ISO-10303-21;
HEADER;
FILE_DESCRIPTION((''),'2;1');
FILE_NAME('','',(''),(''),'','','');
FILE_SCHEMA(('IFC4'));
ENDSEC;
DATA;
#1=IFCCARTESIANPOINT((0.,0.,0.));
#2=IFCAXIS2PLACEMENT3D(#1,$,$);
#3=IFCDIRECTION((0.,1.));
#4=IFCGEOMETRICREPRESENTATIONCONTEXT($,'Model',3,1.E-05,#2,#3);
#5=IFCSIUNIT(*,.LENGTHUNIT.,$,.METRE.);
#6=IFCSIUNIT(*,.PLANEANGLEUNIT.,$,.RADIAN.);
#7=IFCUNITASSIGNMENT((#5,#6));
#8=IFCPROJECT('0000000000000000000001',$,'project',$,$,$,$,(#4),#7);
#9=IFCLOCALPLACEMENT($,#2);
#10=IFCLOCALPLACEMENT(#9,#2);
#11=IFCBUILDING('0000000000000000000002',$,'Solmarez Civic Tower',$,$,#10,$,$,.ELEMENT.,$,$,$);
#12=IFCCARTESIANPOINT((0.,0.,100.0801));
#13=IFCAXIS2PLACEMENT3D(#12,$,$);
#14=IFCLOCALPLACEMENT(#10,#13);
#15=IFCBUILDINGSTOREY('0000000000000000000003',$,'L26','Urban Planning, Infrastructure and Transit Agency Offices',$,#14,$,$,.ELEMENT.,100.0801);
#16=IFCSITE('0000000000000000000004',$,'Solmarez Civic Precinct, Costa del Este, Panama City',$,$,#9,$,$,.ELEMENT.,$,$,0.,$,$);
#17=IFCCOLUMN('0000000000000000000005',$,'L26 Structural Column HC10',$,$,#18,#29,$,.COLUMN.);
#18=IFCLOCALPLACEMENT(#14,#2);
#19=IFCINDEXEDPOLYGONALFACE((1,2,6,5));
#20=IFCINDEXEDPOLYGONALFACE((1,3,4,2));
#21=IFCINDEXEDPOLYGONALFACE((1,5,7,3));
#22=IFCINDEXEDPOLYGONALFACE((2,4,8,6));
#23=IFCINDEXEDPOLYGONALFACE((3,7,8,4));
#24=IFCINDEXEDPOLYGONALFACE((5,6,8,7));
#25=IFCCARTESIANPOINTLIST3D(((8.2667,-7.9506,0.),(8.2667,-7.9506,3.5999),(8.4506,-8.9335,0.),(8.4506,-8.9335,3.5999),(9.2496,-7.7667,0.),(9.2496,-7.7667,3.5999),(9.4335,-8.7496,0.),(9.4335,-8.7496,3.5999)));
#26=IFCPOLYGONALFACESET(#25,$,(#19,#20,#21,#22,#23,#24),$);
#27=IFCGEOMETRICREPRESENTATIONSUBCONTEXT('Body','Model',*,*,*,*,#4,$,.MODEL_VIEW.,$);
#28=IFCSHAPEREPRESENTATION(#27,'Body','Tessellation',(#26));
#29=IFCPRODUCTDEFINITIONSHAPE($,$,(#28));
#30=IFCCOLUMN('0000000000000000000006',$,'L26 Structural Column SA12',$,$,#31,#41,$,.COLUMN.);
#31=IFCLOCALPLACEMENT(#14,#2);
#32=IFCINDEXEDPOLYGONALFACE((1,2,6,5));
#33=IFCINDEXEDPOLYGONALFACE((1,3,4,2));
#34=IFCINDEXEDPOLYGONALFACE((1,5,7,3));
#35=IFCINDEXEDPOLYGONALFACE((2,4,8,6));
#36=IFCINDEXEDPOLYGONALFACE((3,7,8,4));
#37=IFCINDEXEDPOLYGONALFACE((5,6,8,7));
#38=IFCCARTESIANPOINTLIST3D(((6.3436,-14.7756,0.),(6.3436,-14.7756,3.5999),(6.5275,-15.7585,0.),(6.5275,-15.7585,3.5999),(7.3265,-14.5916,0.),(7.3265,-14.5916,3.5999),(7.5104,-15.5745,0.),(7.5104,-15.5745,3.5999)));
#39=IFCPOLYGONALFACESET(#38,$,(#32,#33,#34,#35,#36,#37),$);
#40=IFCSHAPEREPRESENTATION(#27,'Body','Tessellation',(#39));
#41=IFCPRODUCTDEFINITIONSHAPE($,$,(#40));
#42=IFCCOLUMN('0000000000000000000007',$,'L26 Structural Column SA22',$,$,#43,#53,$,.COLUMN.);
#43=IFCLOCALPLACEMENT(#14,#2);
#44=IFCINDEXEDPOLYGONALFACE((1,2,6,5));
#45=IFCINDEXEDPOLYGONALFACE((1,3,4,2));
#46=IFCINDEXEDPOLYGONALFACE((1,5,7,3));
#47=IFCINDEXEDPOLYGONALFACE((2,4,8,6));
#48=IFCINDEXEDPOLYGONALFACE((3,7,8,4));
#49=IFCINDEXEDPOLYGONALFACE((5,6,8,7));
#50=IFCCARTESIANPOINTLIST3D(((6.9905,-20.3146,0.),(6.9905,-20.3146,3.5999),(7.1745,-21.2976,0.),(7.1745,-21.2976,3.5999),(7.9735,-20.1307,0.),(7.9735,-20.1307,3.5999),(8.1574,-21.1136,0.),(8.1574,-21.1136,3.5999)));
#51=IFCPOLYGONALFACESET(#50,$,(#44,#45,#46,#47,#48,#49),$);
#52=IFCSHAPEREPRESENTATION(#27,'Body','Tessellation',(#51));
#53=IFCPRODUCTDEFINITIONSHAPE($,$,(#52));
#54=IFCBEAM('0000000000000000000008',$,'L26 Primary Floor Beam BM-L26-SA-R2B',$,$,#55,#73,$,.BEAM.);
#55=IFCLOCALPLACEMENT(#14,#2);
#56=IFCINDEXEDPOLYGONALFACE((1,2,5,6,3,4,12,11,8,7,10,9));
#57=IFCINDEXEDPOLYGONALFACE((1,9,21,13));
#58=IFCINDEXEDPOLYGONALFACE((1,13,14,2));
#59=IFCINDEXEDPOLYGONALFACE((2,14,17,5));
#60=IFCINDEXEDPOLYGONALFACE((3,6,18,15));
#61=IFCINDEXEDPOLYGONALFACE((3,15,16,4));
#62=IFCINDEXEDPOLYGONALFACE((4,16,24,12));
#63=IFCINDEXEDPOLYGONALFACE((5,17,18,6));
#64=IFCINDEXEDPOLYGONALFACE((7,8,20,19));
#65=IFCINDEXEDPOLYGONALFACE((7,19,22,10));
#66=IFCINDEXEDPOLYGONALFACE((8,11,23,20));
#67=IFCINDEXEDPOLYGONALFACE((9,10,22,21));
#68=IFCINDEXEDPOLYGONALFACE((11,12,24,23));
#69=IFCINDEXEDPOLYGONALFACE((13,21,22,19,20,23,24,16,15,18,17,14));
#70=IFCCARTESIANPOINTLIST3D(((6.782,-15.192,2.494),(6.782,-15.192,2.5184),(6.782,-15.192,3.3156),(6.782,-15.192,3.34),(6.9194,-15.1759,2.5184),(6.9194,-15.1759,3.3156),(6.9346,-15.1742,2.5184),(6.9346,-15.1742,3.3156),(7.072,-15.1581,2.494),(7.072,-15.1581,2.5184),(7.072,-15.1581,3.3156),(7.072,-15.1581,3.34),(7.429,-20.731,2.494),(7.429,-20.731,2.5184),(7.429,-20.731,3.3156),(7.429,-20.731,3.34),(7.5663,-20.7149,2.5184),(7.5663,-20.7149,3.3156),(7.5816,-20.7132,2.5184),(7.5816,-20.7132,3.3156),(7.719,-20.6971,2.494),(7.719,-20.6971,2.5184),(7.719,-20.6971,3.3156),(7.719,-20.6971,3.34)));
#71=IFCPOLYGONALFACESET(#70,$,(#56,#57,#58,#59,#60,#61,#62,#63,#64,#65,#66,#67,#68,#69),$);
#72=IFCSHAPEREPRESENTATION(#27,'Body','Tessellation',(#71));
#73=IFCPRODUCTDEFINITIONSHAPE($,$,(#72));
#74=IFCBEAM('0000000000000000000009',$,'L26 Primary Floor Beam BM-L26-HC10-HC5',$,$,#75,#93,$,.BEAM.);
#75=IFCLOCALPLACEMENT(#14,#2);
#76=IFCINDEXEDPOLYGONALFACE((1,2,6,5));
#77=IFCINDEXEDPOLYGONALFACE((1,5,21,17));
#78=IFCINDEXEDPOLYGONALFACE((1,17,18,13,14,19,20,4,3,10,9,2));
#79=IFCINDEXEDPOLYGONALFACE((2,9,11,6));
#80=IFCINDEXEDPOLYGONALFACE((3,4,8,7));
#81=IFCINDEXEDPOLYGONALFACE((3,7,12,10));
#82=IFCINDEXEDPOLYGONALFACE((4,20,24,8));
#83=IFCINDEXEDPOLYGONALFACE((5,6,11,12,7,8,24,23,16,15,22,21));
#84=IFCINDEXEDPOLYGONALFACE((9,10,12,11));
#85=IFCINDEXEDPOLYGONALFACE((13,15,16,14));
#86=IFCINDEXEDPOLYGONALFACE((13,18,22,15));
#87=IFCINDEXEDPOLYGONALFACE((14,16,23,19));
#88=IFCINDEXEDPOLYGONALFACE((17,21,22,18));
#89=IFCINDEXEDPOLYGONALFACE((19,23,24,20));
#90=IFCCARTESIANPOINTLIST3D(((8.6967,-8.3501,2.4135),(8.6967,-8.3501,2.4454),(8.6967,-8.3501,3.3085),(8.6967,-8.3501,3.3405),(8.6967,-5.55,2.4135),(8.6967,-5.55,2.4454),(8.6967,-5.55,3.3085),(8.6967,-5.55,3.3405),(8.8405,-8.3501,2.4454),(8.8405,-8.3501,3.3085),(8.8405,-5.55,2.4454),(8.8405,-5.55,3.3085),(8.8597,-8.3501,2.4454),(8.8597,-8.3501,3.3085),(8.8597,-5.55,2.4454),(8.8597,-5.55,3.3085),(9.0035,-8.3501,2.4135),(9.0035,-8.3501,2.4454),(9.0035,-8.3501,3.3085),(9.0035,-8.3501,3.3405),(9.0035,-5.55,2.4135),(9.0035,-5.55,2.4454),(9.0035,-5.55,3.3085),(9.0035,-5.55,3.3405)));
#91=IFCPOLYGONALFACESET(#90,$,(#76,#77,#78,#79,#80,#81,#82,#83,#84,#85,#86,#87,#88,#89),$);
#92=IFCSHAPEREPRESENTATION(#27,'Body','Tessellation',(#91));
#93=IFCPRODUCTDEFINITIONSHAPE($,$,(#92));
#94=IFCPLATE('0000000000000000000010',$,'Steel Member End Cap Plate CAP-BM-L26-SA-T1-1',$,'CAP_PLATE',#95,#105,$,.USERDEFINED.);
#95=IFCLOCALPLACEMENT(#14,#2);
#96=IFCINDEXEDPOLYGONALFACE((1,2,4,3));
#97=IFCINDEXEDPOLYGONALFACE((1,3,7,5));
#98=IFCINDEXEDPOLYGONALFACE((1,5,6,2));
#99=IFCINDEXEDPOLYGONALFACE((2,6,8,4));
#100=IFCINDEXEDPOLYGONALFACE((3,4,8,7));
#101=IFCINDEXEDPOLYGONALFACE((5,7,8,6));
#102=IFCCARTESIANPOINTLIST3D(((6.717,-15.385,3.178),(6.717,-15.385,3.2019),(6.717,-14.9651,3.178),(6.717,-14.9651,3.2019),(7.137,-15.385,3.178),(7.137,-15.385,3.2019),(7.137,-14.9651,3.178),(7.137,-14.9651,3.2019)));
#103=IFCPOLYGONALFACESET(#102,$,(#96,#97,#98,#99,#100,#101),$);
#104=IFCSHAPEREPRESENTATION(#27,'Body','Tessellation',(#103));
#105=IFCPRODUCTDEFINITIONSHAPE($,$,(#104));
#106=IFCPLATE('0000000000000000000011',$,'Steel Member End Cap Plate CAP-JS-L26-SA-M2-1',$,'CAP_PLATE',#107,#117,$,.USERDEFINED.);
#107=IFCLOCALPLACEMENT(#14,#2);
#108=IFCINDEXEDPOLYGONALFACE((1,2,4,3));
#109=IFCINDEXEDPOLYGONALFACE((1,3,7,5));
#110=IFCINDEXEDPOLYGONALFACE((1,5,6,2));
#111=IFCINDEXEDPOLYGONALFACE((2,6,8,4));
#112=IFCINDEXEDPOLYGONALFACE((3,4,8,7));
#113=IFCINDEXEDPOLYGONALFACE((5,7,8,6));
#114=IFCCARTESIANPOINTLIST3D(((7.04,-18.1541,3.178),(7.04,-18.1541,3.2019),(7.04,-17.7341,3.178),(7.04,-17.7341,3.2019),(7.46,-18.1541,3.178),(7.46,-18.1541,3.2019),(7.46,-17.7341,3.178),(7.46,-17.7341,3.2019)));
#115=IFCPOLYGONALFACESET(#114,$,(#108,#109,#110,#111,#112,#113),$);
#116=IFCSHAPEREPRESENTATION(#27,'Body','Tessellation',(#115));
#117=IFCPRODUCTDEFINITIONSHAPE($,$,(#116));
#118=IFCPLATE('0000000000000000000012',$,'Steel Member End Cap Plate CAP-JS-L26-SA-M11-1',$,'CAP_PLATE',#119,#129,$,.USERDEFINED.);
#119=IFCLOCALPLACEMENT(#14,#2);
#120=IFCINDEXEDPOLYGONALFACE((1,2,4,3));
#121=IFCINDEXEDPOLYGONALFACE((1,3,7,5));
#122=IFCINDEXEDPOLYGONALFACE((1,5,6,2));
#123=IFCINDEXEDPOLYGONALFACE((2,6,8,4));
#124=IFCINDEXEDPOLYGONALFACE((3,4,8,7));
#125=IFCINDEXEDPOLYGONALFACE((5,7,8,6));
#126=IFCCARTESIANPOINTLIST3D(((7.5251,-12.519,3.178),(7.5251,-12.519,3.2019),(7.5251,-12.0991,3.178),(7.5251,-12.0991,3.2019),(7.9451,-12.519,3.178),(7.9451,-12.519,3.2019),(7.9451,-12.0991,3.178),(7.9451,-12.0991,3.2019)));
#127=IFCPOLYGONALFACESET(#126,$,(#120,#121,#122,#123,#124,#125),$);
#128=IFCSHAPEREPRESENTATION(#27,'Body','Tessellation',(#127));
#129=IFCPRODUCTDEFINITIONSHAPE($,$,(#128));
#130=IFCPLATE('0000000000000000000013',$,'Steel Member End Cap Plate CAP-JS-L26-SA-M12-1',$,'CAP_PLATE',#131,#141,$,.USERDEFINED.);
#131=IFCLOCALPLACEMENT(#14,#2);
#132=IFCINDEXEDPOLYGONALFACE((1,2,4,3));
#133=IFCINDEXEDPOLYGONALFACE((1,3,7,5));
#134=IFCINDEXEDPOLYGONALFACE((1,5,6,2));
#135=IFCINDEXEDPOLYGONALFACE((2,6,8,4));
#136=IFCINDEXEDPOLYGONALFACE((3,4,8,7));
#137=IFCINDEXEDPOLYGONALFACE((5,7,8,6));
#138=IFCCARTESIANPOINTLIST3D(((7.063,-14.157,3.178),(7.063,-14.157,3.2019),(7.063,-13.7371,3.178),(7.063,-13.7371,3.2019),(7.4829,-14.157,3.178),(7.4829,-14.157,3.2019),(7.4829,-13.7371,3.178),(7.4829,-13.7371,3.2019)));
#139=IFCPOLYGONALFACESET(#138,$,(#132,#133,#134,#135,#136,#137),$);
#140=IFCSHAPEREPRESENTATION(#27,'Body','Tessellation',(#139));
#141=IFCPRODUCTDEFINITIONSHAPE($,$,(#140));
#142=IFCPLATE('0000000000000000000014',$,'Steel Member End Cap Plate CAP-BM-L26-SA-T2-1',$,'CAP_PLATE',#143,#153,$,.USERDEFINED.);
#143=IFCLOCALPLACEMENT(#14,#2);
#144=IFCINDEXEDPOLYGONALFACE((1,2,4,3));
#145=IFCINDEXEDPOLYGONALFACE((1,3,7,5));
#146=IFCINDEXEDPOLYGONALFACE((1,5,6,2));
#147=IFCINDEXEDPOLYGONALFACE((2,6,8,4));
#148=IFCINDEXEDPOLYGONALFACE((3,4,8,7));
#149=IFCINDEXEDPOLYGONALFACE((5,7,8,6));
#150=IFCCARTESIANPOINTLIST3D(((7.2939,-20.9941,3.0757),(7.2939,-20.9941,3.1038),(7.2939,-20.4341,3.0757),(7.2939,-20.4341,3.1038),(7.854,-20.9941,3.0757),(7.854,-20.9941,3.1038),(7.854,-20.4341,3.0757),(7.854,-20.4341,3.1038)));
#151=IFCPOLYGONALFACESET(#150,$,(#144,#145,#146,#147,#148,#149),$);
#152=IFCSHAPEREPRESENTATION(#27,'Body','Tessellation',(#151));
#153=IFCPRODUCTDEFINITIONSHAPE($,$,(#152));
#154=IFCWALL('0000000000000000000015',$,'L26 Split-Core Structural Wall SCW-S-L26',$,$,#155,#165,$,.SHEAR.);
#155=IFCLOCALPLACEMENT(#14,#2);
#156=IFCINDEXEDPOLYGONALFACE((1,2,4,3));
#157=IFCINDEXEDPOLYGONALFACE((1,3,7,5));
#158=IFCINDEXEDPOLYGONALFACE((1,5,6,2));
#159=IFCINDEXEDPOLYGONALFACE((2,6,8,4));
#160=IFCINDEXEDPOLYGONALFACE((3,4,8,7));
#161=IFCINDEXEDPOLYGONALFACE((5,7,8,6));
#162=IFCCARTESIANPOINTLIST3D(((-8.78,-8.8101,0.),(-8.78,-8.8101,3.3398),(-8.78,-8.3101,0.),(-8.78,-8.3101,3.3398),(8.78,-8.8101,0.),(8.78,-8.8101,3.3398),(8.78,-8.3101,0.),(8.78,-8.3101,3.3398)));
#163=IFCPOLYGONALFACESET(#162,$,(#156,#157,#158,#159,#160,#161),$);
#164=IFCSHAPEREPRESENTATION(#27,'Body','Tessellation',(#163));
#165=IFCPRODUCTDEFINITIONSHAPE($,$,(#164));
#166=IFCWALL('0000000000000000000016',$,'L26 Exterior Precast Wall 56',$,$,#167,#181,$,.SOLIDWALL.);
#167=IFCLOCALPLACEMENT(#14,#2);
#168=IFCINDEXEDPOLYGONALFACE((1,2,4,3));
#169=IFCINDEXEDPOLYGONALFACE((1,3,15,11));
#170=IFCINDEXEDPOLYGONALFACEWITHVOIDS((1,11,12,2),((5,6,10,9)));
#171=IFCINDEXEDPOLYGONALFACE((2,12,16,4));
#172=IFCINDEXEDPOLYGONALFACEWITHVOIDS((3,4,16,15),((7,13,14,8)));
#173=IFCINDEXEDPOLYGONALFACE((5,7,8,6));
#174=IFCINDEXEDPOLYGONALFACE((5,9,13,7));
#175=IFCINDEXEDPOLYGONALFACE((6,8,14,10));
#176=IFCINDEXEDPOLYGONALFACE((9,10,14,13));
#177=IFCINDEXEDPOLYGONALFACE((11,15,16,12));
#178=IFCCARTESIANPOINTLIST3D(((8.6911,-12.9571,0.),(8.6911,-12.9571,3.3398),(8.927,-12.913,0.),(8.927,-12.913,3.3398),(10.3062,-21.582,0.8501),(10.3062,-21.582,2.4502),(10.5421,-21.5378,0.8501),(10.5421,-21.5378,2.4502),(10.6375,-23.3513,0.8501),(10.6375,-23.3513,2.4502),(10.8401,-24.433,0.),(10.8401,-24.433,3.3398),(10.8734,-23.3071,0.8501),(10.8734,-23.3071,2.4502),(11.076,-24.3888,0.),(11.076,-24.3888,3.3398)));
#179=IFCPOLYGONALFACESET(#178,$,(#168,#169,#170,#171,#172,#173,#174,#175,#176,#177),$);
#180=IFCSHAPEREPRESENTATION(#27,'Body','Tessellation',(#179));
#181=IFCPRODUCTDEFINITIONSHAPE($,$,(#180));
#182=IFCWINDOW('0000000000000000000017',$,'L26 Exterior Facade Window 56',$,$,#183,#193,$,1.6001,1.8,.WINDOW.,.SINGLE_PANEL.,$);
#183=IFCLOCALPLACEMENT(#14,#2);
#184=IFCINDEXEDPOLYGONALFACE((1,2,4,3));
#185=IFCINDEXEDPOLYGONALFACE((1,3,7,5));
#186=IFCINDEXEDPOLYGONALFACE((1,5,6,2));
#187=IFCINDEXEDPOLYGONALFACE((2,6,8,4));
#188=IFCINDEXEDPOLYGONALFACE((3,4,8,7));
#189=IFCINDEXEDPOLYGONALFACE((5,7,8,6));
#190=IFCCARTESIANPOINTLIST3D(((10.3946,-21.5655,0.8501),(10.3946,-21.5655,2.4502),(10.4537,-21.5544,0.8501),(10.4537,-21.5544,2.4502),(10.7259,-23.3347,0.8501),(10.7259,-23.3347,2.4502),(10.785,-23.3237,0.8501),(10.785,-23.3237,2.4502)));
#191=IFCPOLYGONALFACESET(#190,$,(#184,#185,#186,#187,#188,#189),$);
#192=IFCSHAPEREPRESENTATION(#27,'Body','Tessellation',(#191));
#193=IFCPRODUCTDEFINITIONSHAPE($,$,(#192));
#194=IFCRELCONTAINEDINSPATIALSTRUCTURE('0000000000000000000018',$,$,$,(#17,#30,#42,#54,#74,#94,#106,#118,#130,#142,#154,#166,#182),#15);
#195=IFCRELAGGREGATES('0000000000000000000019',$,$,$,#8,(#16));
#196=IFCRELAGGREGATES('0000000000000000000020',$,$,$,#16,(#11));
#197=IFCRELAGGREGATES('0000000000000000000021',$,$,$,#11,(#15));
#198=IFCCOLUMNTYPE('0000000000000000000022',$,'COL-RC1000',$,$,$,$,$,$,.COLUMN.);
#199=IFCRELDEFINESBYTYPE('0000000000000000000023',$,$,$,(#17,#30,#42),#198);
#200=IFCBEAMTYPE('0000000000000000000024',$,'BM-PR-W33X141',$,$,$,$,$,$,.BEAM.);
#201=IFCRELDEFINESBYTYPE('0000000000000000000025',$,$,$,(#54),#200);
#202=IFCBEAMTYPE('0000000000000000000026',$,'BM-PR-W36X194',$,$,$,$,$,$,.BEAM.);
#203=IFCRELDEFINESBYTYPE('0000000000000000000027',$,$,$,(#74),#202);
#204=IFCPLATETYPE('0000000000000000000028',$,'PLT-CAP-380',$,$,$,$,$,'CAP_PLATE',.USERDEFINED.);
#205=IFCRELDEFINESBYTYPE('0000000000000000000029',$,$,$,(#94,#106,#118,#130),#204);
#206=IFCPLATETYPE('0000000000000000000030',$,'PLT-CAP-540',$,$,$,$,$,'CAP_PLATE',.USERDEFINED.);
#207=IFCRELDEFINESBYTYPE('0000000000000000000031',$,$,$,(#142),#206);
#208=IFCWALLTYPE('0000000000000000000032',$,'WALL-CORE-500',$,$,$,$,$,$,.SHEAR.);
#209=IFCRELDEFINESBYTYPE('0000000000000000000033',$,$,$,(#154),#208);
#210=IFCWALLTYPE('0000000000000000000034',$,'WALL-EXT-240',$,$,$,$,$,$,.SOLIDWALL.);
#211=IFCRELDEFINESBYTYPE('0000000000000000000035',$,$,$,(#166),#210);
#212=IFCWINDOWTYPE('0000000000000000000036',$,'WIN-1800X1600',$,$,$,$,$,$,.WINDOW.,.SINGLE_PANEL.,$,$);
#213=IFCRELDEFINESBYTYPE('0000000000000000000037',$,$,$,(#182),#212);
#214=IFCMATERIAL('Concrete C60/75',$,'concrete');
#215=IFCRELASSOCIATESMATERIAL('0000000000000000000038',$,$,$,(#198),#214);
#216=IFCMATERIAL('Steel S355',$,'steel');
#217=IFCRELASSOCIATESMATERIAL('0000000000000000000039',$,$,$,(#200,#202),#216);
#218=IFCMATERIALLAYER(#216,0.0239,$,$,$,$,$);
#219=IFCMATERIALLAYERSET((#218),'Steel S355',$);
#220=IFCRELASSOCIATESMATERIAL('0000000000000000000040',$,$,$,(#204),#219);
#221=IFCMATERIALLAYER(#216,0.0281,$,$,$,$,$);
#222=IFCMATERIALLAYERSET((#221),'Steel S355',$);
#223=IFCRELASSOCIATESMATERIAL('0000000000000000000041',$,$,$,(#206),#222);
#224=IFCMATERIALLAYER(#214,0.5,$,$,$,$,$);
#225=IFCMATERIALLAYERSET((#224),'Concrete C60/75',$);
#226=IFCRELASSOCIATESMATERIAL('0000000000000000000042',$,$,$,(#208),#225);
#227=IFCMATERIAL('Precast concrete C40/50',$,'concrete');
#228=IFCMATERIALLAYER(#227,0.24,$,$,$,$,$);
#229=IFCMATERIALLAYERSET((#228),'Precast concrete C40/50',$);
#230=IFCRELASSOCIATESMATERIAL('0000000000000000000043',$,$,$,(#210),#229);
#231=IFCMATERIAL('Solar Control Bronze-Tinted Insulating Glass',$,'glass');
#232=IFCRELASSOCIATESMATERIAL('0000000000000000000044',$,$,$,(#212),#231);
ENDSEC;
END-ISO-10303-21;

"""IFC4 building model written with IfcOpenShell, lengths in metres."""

from ifc_helpers import new_model, si_unit, direction, frame, frame_2d, origin, origin_2d, place, context, subcontext, project, spatial, rectangle, i_section, extrude, material, layer, layer_set, material_profile, profile_set, type_object, element, fill, save


model = new_model("IFC4")

# Units and contexts
model_context = context("Model", 3, precision=1e-05, world=origin(), true_north=direction((0.0, 1.0)))
body_context = subcontext(model_context, "Body", "Model", "MODEL_VIEW")
ifc_project = project(units=[si_unit("LENGTHUNIT", "METRE"), si_unit("PLANEANGLEUNIT", "RADIAN")], contexts=[model_context])

# Site, building, storey
site_placement = place(None, origin())
site = spatial("IfcSite", under=ifc_project, at=site_placement, Name="Solmarez Civic Precinct, Costa del Este, Panama City", CompositionType="ELEMENT", RefElevation=0.0)
building_placement = place(site_placement, origin())
building = spatial("IfcBuilding", under=site, at=building_placement, Name="Solmarez Civic Tower", CompositionType="ELEMENT")
storey_placement = place(building_placement, frame((0.0, 0.0, 100.0801)))
storey = spatial("IfcBuildingStorey", under=building, at=storey_placement, Name="L26", Description="Urban Planning, Infrastructure and Transit Agency Offices", CompositionType="ELEMENT", Elevation=100.0801)

# Columns
ifc_material_1 = material(Name="Concrete C60/75", Category="concrete")
ifc_material_profile_1 = material_profile(ifc_material_1, rectangle(XDim=1.0, YDim=1.0, at=origin_2d()), Name="RC1000X1000")
ifc_profile_set_1 = profile_set([ifc_material_profile_1], Name="Concrete C60/75")
column_type = type_object("IfcColumnType", Name="COL-RC1000", PredefinedType="COLUMN", material=ifc_profile_set_1)
for number, where, z_axis, x_axis, name in (
    (1, (8.8501, -8.3501, 0.0), (0.0, 0.0, 1.0), (0.982935, 0.183951, 0.0), "L26 Structural Column HC10"),
    (2, (6.927, -15.175, 0.0), (0.0, 0.0, 1.0), (0.982935, 0.183951, 0.0), "L26 Structural Column SA12"),
    (3, (7.574, -20.7141, 0.0), (0.0, 0.0, 1.0), (0.982935, 0.183951, 0.0), "L26 Structural Column SA22"),
):
    element("IfcColumn", number, at=place(storey_placement, frame(where, z_axis=z_axis, x_axis=x_axis)), inside=storey, type_object=column_type, Name=name, PredefinedType="COLUMN", context=body_context, shape_type="SweptSolid", body=[
        extrude(rectangle(XDim=1.0, YDim=1.0, at=origin_2d()), origin(), (0.0, 0.0, 1.0), 3.5999),
    ])

# Beams
ifc_material_2 = material(Name="Steel S355", Category="steel")
ifc_material_profile_2 = material_profile(ifc_material_2, i_section(OverallWidth=0.292, OverallDepth=0.8459, WebThickness=0.0154, FlangeThickness=0.0244, at=origin_2d()), Name="W33X141")
ifc_profile_set_2 = profile_set([ifc_material_profile_2], Name="Steel S355")
beam_type_1 = type_object("IfcBeamType", Name="BM-PR-W33X141", PredefinedType="BEAM", material=ifc_profile_set_2)
beam_1_placement = place(storey_placement, frame((6.927, -15.175, 2.917), z_axis=(0.116013, -0.993248, 0.0), x_axis=(0.993248, 0.116013, 0.0)))
element("IfcBeam", 4, at=beam_1_placement, inside=storey, type_object=beam_type_1, Name="L26 Primary Floor Beam BM-L26-SA-R2B", PredefinedType="BEAM", context=body_context, shape_type="SweptSolid", body=[
    extrude(i_section(OverallWidth=0.292, OverallDepth=0.8459, WebThickness=0.0154, FlangeThickness=0.0244, at=origin_2d()), origin(), (0.0, 0.0, 1.0), 5.5767),
])
ifc_material_profile_3 = material_profile(ifc_material_2, i_section(OverallWidth=0.3069, OverallDepth=0.927, WebThickness=0.0193, FlangeThickness=0.032, at=origin_2d()), Name="W36X194")
ifc_profile_set_3 = profile_set([ifc_material_profile_3], Name="Steel S355")
beam_type_2 = type_object("IfcBeamType", Name="BM-PR-W36X194", PredefinedType="BEAM", material=ifc_profile_set_3)
beam_2_placement = place(storey_placement, frame((8.8501, -8.3501, 2.877), z_axis=(0.0, 1.0, 0.0), x_axis=(-1.0, 0.0, 0.0)))
element("IfcBeam", 5, at=beam_2_placement, inside=storey, type_object=beam_type_2, Name="L26 Primary Floor Beam BM-L26-HC10-HC5", PredefinedType="BEAM", context=body_context, shape_type="SweptSolid", body=[
    extrude(i_section(OverallWidth=0.3069, OverallDepth=0.927, WebThickness=0.0193, FlangeThickness=0.032, at=origin_2d()), origin(), (0.0, 0.0, 1.0), 2.8),
])

# Plates
ifc_layer_1 = layer(ifc_material_2, 0.0239)
ifc_layer_set_1 = layer_set([ifc_layer_1], Name="Steel S355")
plate_type_1 = type_object("IfcPlateType", Name="PLT-CAP-380", ElementType="CAP_PLATE", PredefinedType="USERDEFINED", material=ifc_layer_set_1)
for number, where, z_axis, x_axis, name in (
    (6, (6.927, -15.175, 3.178), (0.0, 0.0, 1.0), (1.0, 0.0, 0.0), "Steel Member End Cap Plate CAP-BM-L26-SA-T1-1"),
    (7, (7.25, -17.9441, 3.178), (0.0, 0.0, 1.0), (1.0, 0.0, 0.0), "Steel Member End Cap Plate CAP-JS-L26-SA-M2-1"),
    (8, (7.7351, -12.3091, 3.178), (0.0, 0.0, 1.0), (1.0, 0.0, 0.0), "Steel Member End Cap Plate CAP-JS-L26-SA-M11-1"),
    (9, (7.2729, -13.947, 3.178), (0.0, 0.0, 1.0), (1.0, 0.0, 0.0), "Steel Member End Cap Plate CAP-JS-L26-SA-M12-1"),
):
    element("IfcPlate", number, at=place(storey_placement, frame(where, z_axis=z_axis, x_axis=x_axis)), inside=storey, type_object=plate_type_1, Name=name, ObjectType="CAP_PLATE", PredefinedType="USERDEFINED", context=body_context, shape_type="SweptSolid", body=[
        extrude(rectangle(XDim=0.4199, YDim=0.4199, at=origin_2d()), origin(), (0.0, 0.0, 1.0), 0.0239),
    ])
ifc_layer_2 = layer(ifc_material_2, 0.0281)
ifc_layer_set_2 = layer_set([ifc_layer_2], Name="Steel S355")
plate_type_2 = type_object("IfcPlateType", Name="PLT-CAP-540", ElementType="CAP_PLATE", PredefinedType="USERDEFINED", material=ifc_layer_set_2)
plate_placement = place(storey_placement, frame((7.574, -20.7141, 3.0757), z_axis=(0.0, 0.0, 1.0), x_axis=(1.0, 0.0, 0.0)))
element("IfcPlate", 10, at=plate_placement, inside=storey, type_object=plate_type_2, Name="Steel Member End Cap Plate CAP-BM-L26-SA-T2-1", ObjectType="CAP_PLATE", PredefinedType="USERDEFINED", context=body_context, shape_type="SweptSolid", body=[
    extrude(rectangle(XDim=0.5601, YDim=0.5601, at=origin_2d()), origin(), (0.0, 0.0, 1.0), 0.0281),
])

# Wall
ifc_layer_3 = layer(ifc_material_1, 0.5)
ifc_layer_set_3 = layer_set([ifc_layer_3], Name="Concrete C60/75")
wall_type_1 = type_object("IfcWallType", Name="WALL-CORE-500", PredefinedType="SHEAR", material=ifc_layer_set_3)
wall_1_placement = place(storey_placement, frame((8.78, -8.5601, 0.0), z_axis=(0.0, 0.0, 1.0), x_axis=(-1.0, 0.0, 0.0)))
element("IfcWall", 11, at=wall_1_placement, inside=storey, type_object=wall_type_1, Name="L26 Split-Core Structural Wall SCW-S-L26", PredefinedType="SHEAR", context=body_context, shape_type="SweptSolid", body=[
    extrude(rectangle(XDim=17.5601, YDim=0.5, at=frame_2d((8.78, 0.0))), origin(), (0.0, 0.0, 1.0), 3.3398),
])

# Wall, opening, window
ifc_material_3 = material(Name="Precast concrete C40/50", Category="concrete")
ifc_layer_4 = layer(ifc_material_3, 0.24)
ifc_layer_set_4 = layer_set([ifc_layer_4], Name="Precast concrete C40/50")
wall_type_2 = type_object("IfcWallType", Name="WALL-EXT-240", PredefinedType="SOLIDWALL", material=ifc_layer_set_4)
wall_2_placement = place(storey_placement, frame((8.8091, -12.9351, 0.0), z_axis=(0.0, 0.0, 1.0), x_axis=(0.184057, -0.982915, 0.0)))
wall_2 = element("IfcWall", 12, at=wall_2_placement, inside=storey, type_object=wall_type_2, Name="L26 Exterior Precast Wall 56", PredefinedType="SOLIDWALL", context=body_context, shape_type="SweptSolid", body=[
    extrude(rectangle(XDim=11.6753, YDim=0.24, at=frame_2d((5.8376, 0.0))), origin(), (0.0, 0.0, 1.0), 3.3398),
])
opening_1_placement = place(wall_2_placement, frame((8.7749, 0.0, 0.8501)))
opening_1 = element("IfcOpeningElement", 13, at=opening_1_placement, cuts=wall_2, PredefinedType="OPENING", context=body_context, shape_type="SweptSolid", body=[
    extrude(rectangle(XDim=1.8, YDim=1.6001, at=frame_2d((0.8999, 0.8))), frame((0.0, 0.1299, 0.0), z_axis=(0.0, -1.0, 0.0), x_axis=(1.0, 0.0, 0.0)), (0.0, 0.0, 1.0), 0.26),
])
ifc_material_4 = material(Name="Solar Control Bronze-Tinted Insulating Glass", Category="glass")
window_type = type_object("IfcWindowType", Name="WIN-1800X1600", PartitioningType="SINGLE_PANEL", PredefinedType="WINDOW", material=ifc_material_4)
window_placement = place(opening_1_placement, origin())
window = element("IfcWindow", 14, at=window_placement, inside=storey, type_object=window_type, Name="L26 Exterior Facade Window 56", OverallHeight=1.6001, OverallWidth=1.8, PartitioningType="SINGLE_PANEL", PredefinedType="WINDOW", context=body_context, shape_type="SweptSolid", body=[
    extrude(rectangle(XDim=1.8, YDim=1.6001, at=frame_2d((0.8999, 0.8))), frame((0.0, 0.03, 0.0), z_axis=(0.0, -1.0, 0.0), x_axis=(1.0, 0.0, 0.0)), (0.0, 0.0, 1.0), 0.0601),
])
fill(opening_1, window)

save(model, "model.ifc")
